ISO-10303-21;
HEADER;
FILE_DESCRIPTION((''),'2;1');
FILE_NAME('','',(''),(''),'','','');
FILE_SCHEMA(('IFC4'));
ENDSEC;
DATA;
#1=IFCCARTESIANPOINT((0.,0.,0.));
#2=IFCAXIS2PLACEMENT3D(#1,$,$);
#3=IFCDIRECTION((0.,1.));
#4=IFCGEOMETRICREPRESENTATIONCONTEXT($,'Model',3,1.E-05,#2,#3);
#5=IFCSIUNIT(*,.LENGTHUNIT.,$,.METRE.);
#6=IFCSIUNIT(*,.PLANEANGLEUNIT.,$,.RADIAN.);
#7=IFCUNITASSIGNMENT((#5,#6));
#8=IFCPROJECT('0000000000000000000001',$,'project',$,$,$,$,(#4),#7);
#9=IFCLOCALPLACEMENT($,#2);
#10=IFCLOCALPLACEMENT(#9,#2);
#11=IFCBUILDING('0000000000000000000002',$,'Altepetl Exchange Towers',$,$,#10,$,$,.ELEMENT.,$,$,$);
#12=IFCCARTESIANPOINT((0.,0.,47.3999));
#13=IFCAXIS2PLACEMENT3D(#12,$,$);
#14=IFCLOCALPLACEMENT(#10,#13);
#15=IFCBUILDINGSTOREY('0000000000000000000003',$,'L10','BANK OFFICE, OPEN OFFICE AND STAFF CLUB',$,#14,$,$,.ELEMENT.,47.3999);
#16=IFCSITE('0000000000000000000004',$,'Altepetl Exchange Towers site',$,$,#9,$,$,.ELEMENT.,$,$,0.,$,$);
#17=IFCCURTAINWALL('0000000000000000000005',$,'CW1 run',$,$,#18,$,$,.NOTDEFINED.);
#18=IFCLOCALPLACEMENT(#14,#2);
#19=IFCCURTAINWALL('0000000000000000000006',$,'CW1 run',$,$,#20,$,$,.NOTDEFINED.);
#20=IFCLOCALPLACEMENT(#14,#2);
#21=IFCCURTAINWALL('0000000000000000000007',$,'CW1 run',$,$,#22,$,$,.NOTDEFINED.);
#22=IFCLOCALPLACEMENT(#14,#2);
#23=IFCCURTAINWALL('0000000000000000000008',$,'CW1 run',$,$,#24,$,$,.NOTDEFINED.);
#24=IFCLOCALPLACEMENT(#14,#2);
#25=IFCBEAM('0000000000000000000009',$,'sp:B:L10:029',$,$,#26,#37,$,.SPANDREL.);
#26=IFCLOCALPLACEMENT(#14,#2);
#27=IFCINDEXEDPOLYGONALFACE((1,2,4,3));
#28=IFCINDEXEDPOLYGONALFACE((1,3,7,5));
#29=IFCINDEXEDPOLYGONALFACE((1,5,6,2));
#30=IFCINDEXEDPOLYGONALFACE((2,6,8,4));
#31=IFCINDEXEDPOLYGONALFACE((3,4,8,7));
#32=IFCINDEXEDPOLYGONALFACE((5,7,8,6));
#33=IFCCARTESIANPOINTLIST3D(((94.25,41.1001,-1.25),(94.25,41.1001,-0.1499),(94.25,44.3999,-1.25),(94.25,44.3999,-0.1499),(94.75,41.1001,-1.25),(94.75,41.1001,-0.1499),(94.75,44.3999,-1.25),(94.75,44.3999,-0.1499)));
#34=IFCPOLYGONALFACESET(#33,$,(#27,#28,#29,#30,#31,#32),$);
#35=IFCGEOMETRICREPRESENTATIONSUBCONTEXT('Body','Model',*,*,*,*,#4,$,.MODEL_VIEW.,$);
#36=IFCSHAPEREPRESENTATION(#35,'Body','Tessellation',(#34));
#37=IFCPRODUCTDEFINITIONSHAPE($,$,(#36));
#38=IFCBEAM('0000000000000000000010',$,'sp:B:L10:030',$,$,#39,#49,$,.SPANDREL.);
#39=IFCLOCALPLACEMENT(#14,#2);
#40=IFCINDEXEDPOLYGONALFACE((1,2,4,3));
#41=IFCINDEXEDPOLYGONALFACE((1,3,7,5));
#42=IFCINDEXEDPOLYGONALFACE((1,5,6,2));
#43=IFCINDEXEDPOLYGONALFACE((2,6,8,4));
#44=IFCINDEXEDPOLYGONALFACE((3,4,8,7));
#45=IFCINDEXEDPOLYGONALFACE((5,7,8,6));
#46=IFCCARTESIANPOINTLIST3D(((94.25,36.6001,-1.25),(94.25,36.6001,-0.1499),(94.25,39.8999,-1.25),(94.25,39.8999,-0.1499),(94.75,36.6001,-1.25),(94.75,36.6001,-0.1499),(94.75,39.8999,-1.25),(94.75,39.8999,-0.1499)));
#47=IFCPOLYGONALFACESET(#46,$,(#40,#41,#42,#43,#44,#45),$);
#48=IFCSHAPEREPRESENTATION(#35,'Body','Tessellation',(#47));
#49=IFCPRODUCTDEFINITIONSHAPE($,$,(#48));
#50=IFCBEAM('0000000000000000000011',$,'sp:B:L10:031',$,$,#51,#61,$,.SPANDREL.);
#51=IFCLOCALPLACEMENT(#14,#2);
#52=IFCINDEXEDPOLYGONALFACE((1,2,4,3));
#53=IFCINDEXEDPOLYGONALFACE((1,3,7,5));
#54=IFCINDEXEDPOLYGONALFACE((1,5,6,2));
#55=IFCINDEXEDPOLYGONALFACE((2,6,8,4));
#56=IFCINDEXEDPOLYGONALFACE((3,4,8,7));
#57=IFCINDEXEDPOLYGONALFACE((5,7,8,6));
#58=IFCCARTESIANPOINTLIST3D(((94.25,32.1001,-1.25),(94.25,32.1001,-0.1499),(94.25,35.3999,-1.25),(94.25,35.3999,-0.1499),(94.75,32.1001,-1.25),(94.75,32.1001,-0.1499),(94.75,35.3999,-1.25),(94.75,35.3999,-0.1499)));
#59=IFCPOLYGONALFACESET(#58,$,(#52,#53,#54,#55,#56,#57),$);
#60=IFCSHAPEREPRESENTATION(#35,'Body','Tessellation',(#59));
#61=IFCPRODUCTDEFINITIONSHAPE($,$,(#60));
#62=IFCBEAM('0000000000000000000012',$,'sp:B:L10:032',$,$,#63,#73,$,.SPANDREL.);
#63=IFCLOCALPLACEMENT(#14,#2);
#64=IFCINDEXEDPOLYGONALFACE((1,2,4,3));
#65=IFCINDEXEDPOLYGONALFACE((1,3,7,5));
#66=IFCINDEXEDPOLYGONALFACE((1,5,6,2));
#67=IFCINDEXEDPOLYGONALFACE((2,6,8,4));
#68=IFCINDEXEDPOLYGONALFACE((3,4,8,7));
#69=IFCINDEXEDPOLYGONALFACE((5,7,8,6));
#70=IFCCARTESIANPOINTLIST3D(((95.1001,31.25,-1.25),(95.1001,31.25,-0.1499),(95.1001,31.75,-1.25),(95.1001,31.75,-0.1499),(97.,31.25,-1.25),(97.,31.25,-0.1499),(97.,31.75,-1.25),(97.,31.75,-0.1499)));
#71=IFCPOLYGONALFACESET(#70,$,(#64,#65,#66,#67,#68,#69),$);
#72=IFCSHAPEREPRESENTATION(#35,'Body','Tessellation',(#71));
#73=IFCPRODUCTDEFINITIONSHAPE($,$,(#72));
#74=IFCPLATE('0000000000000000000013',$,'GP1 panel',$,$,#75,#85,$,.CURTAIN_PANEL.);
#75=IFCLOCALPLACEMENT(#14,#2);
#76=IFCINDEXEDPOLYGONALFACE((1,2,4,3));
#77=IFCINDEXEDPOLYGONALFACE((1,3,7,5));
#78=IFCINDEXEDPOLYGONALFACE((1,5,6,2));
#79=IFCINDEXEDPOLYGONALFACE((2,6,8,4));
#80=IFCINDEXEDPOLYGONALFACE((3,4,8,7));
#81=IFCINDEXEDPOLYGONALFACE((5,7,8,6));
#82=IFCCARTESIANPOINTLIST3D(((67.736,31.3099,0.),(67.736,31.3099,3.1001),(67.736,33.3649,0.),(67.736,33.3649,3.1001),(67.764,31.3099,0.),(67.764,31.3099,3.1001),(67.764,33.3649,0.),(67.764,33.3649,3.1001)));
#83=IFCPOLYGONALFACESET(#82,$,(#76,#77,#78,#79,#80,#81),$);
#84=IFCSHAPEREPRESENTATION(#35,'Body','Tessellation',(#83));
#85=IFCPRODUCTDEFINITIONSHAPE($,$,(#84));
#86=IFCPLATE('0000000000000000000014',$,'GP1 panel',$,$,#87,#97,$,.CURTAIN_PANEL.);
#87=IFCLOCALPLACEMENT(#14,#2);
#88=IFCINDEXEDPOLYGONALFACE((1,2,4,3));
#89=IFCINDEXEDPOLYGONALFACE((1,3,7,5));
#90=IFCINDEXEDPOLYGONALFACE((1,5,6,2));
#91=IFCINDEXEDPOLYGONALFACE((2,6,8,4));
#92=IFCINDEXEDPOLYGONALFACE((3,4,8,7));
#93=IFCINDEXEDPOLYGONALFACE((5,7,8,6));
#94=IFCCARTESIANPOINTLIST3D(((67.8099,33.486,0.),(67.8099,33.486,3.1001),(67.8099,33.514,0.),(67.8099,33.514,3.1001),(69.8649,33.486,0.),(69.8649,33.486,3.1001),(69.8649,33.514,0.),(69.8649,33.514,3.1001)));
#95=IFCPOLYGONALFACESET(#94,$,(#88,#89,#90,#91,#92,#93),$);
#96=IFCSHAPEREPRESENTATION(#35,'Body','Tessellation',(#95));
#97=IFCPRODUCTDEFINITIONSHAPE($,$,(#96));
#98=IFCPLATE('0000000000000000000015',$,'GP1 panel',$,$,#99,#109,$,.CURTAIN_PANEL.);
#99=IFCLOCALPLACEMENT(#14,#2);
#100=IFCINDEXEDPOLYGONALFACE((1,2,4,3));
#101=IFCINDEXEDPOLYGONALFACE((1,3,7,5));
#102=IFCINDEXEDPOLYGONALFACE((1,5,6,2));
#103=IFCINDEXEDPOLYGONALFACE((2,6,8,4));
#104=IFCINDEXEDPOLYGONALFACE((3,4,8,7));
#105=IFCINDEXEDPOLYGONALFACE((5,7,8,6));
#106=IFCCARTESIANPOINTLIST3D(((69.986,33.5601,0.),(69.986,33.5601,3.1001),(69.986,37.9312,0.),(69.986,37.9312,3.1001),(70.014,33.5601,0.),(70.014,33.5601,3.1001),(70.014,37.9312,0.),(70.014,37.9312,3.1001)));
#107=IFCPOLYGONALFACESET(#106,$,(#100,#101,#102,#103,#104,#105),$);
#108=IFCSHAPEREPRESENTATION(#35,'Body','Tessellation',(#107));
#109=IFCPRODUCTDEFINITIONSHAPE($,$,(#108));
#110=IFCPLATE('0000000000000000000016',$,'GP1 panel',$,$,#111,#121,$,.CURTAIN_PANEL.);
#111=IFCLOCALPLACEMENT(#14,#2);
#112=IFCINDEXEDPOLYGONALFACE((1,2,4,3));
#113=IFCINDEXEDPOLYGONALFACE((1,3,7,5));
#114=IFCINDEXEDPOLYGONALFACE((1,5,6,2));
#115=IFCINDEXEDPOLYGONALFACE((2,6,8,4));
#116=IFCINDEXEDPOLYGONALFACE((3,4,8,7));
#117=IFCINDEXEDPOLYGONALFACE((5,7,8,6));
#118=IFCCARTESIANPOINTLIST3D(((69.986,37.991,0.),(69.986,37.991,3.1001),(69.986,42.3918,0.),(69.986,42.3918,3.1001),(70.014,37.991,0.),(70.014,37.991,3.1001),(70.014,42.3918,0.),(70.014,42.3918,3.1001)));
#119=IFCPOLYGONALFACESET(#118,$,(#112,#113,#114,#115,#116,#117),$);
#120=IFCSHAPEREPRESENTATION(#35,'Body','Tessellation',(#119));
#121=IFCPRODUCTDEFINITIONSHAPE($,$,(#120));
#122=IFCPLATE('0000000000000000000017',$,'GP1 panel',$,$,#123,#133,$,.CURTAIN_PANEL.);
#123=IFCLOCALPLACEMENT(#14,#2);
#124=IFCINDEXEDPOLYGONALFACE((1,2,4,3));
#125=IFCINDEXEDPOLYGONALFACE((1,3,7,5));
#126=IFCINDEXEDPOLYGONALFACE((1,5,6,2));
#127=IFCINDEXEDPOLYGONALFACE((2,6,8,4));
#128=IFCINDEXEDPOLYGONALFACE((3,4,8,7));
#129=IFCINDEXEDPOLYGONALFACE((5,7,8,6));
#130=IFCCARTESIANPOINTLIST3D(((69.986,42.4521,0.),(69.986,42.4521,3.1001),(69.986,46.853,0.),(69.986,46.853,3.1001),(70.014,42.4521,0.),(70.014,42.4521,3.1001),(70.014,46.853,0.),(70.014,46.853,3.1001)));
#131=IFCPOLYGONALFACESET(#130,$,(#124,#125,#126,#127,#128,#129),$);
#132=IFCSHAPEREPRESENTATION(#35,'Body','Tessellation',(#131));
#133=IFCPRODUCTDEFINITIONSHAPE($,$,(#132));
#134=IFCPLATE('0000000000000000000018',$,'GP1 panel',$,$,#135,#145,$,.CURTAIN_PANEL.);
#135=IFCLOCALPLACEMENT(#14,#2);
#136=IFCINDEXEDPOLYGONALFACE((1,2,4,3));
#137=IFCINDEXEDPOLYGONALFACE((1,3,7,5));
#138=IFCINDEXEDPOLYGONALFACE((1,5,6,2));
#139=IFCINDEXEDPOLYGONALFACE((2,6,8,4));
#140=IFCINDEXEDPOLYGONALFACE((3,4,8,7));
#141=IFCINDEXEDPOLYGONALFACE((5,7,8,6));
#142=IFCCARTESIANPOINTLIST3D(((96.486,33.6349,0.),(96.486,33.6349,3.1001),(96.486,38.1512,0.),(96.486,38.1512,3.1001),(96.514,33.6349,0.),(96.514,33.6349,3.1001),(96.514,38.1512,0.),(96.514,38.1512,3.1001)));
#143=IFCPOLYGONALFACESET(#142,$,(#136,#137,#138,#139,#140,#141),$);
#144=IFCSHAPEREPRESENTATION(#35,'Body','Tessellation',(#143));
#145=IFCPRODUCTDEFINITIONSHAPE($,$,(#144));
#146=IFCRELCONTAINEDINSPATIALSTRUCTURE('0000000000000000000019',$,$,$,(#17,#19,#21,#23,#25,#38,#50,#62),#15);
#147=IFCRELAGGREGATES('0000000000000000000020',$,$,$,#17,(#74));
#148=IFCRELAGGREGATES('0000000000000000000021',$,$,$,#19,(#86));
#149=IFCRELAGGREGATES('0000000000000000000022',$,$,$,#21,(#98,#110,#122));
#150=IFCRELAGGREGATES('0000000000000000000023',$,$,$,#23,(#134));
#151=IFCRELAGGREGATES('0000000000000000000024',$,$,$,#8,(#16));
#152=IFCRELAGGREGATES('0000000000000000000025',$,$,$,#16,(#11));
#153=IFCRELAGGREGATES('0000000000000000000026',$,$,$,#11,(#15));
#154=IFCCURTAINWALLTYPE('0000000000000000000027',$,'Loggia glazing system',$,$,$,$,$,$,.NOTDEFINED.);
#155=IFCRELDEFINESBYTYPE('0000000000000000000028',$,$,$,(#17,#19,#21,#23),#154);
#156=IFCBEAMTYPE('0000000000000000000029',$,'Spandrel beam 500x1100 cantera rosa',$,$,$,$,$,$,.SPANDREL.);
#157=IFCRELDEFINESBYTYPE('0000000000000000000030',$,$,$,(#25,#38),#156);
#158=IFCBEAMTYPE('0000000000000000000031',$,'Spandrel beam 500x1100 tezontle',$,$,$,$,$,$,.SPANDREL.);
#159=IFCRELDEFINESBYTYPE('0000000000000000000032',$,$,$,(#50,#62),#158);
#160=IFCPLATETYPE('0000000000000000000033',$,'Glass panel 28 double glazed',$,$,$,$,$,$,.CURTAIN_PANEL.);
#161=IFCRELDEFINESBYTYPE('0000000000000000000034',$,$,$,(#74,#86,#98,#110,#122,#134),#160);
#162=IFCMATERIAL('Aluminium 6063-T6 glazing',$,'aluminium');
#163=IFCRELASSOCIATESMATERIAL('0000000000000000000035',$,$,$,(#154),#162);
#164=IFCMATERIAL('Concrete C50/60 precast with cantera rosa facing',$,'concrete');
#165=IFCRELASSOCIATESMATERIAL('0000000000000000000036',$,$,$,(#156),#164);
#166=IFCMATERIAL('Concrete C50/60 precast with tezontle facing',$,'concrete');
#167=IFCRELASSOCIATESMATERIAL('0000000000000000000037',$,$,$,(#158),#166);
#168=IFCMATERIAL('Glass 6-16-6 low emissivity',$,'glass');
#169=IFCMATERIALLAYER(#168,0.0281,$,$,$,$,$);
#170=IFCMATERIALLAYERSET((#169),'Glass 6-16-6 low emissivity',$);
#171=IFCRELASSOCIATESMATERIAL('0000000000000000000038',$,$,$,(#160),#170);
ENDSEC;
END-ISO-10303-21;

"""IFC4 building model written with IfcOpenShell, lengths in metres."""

from ifc_helpers import new_model, si_unit, direction, frame, origin, origin_2d, place, context, subcontext, project, spatial, rectangle, extrude, material, layer, layer_set, material_profile, profile_set, type_object, element, aggregate, save


model = new_model("IFC4")

# Units and contexts
model_context = context("Model", 3, precision=1e-05, world=origin(), true_north=direction((0.0, 1.0)))
body_context = subcontext(model_context, "Body", "Model", "MODEL_VIEW")
ifc_project = project(units=[si_unit("LENGTHUNIT", "METRE"), si_unit("PLANEANGLEUNIT", "RADIAN")], contexts=[model_context])

# Site, building, storey
site_placement = place(None, origin())
site = spatial("IfcSite", under=ifc_project, at=site_placement, Name="Altepetl Exchange Towers site", CompositionType="ELEMENT", RefElevation=0.0)
building_placement = place(site_placement, origin())
building = spatial("IfcBuilding", under=site, at=building_placement, Name="Altepetl Exchange Towers", CompositionType="ELEMENT")
storey_placement = place(building_placement, frame((0.0, 0.0, 47.3999)))
storey = spatial("IfcBuildingStorey", under=building, at=storey_placement, Name="L10", Description="BANK OFFICE, OPEN OFFICE AND STAFF CLUB", CompositionType="ELEMENT", Elevation=47.3999)

# Shared definitions
ifc_material_1 = material(Name="Aluminium 6063-T6 glazing", Category="aluminium")
curtain_wall_type = type_object("IfcCurtainWallType", Name="Loggia glazing system", PredefinedType="NOTDEFINED", material=ifc_material_1)

# Curtain walls
curtain_wall_1_placement = place(storey_placement, origin())
curtain_wall_1 = element("IfcCurtainWall", 1, at=curtain_wall_1_placement, inside=storey, type_object=curtain_wall_type, Name="CW1 run", PredefinedType="NOTDEFINED")
curtain_wall_2_placement = place(storey_placement, origin())
curtain_wall_2 = element("IfcCurtainWall", 2, at=curtain_wall_2_placement, inside=storey, type_object=curtain_wall_type, Name="CW1 run", PredefinedType="NOTDEFINED")
curtain_wall_3_placement = place(storey_placement, origin())
curtain_wall_3 = element("IfcCurtainWall", 3, at=curtain_wall_3_placement, inside=storey, type_object=curtain_wall_type, Name="CW1 run", PredefinedType="NOTDEFINED")
curtain_wall_4_placement = place(storey_placement, origin())
curtain_wall_4 = element("IfcCurtainWall", 4, at=curtain_wall_4_placement, inside=storey, type_object=curtain_wall_type, Name="CW1 run", PredefinedType="NOTDEFINED")

# Beams
ifc_material_2 = material(Name="Concrete C50/60 precast with cantera rosa facing", Category="concrete")
ifc_material_profile_1 = material_profile(ifc_material_2, rectangle(XDim=0.5, YDim=1.1001, at=origin_2d()), Name="500 x 1100")
ifc_profile_set_1 = profile_set([ifc_material_profile_1], Name="Concrete C50/60 precast with cantera rosa facing")
beam_type_1 = type_object("IfcBeamType", Name="Spandrel beam 500x1100 cantera rosa", PredefinedType="SPANDREL", material=ifc_profile_set_1)
for number, where, z_axis, x_axis, name in (
    (5, (94.5, 44.3999, -0.7), (0.0, -1.0, 0.0), (1.0, 0.0, 0.0), "sp:B:L10:029"),
    (6, (94.5, 39.8999, -0.7), (0.0, -1.0, 0.0), (1.0, 0.0, 0.0), "sp:B:L10:030"),
):
    element("IfcBeam", number, at=place(storey_placement, frame(where, z_axis=z_axis, x_axis=x_axis)), inside=storey, type_object=beam_type_1, Name=name, PredefinedType="SPANDREL", context=body_context, shape_type="SweptSolid", body=[
        extrude(rectangle(XDim=0.5, YDim=1.1001, at=origin_2d()), origin(), (0.0, 0.0, 1.0), 3.2998),
    ])
ifc_material_3 = material(Name="Concrete C50/60 precast with tezontle facing", Category="concrete")
ifc_material_profile_2 = material_profile(ifc_material_3, rectangle(XDim=0.5, YDim=1.1001, at=origin_2d()), Name="500 x 1100")
ifc_profile_set_2 = profile_set([ifc_material_profile_2], Name="Concrete C50/60 precast with tezontle facing")
beam_type_2 = type_object("IfcBeamType", Name="Spandrel beam 500x1100 tezontle", PredefinedType="SPANDREL", material=ifc_profile_set_2)
beam_1_placement = place(storey_placement, frame((94.5, 35.3999, -0.7), z_axis=(0.0, -1.0, 0.0), x_axis=(1.0, 0.0, 0.0)))
element("IfcBeam", 7, at=beam_1_placement, inside=storey, type_object=beam_type_2, Name="sp:B:L10:031", PredefinedType="SPANDREL", context=body_context, shape_type="SweptSolid", body=[
    extrude(rectangle(XDim=0.5, YDim=1.1001, at=origin_2d()), origin(), (0.0, 0.0, 1.0), 3.2998),
])
beam_2_placement = place(storey_placement, frame((95.1001, 31.5, -0.7), z_axis=(1.0, 0.0, 0.0), x_axis=(0.0, 1.0, 0.0)))
element("IfcBeam", 8, at=beam_2_placement, inside=storey, type_object=beam_type_2, Name="sp:B:L10:032", PredefinedType="SPANDREL", context=body_context, shape_type="SweptSolid", body=[
    extrude(rectangle(XDim=0.5, YDim=1.1001, at=origin_2d()), origin(), (0.0, 0.0, 1.0), 1.8999),
])

# Plates
ifc_material_4 = material(Name="Glass 6-16-6 low emissivity", Category="glass")
ifc_layer = layer(ifc_material_4, 0.0281)
ifc_layer_set = layer_set([ifc_layer], Name="Glass 6-16-6 low emissivity")
plate_type = type_object("IfcPlateType", Name="Glass panel 28 double glazed", PredefinedType="CURTAIN_PANEL", material=ifc_layer_set)
plate_1_placement = place(storey_placement, frame((67.75, 32.3374, 0.0), z_axis=(0.0, 0.0, 1.0), x_axis=(0.0, 1.0, 0.0)))
plate_1 = element("IfcPlate", 9, at=plate_1_placement, type_object=plate_type, Name="GP1 panel", PredefinedType="CURTAIN_PANEL", context=body_context, shape_type="SweptSolid", body=[
    extrude(rectangle(XDim=2.0549, YDim=0.0281, at=origin_2d()), origin(), (0.0, 0.0, 1.0), 3.1001),
])
aggregate(curtain_wall_1, [plate_1])
plate_2_placement = place(storey_placement, frame((68.8374, 33.5, 0.0)))
plate_2 = element("IfcPlate", 10, at=plate_2_placement, type_object=plate_type, Name="GP1 panel", PredefinedType="CURTAIN_PANEL", context=body_context, shape_type="SweptSolid", body=[
    extrude(rectangle(XDim=2.0549, YDim=0.0281, at=origin_2d()), origin(), (0.0, 0.0, 1.0), 3.1001),
])
aggregate(curtain_wall_2, [plate_2])
plate_3_placement = place(storey_placement, frame((70.0, 35.7456, 0.0), z_axis=(0.0, 0.0, 1.0), x_axis=(0.0, 1.0, 0.0)))
plate_3 = element("IfcPlate", 11, at=plate_3_placement, type_object=plate_type, Name="GP1 panel", PredefinedType="CURTAIN_PANEL", context=body_context, shape_type="SweptSolid", body=[
    extrude(rectangle(XDim=4.3711, YDim=0.0281, at=origin_2d()), origin(), (0.0, 0.0, 1.0), 3.1001),
])
plate_4_placement = place(storey_placement, frame((70.0, 40.1914, 0.0), z_axis=(0.0, 0.0, 1.0), x_axis=(0.0, 1.0, 0.0)))
plate_4 = element("IfcPlate", 12, at=plate_4_placement, type_object=plate_type, Name="GP1 panel", PredefinedType="CURTAIN_PANEL", context=body_context, shape_type="SweptSolid", body=[
    extrude(rectangle(XDim=4.4009, YDim=0.0281, at=origin_2d()), origin(), (0.0, 0.0, 1.0), 3.1001),
])
plate_5_placement = place(storey_placement, frame((70.0, 44.6526, 0.0), z_axis=(0.0, 0.0, 1.0), x_axis=(0.0, 1.0, 0.0)))
plate_5 = element("IfcPlate", 13, at=plate_5_placement, type_object=plate_type, Name="GP1 panel", PredefinedType="CURTAIN_PANEL", context=body_context, shape_type="SweptSolid", body=[
    extrude(rectangle(XDim=4.4009, YDim=0.0281, at=origin_2d()), origin(), (0.0, 0.0, 1.0), 3.1001),
])
aggregate(curtain_wall_3, [plate_3, plate_4, plate_5])
plate_6_placement = place(storey_placement, frame((96.5, 35.8931, 0.0), z_axis=(0.0, 0.0, 1.0), x_axis=(0.0, -1.0, 0.0)))
plate_6 = element("IfcPlate", 14, at=plate_6_placement, type_object=plate_type, Name="GP1 panel", PredefinedType="CURTAIN_PANEL", context=body_context, shape_type="SweptSolid", body=[
    extrude(rectangle(XDim=4.5164, YDim=0.0281, at=origin_2d()), origin(), (0.0, 0.0, 1.0), 3.1001),
])
aggregate(curtain_wall_4, [plate_6])

save(model, "model.ifc")
